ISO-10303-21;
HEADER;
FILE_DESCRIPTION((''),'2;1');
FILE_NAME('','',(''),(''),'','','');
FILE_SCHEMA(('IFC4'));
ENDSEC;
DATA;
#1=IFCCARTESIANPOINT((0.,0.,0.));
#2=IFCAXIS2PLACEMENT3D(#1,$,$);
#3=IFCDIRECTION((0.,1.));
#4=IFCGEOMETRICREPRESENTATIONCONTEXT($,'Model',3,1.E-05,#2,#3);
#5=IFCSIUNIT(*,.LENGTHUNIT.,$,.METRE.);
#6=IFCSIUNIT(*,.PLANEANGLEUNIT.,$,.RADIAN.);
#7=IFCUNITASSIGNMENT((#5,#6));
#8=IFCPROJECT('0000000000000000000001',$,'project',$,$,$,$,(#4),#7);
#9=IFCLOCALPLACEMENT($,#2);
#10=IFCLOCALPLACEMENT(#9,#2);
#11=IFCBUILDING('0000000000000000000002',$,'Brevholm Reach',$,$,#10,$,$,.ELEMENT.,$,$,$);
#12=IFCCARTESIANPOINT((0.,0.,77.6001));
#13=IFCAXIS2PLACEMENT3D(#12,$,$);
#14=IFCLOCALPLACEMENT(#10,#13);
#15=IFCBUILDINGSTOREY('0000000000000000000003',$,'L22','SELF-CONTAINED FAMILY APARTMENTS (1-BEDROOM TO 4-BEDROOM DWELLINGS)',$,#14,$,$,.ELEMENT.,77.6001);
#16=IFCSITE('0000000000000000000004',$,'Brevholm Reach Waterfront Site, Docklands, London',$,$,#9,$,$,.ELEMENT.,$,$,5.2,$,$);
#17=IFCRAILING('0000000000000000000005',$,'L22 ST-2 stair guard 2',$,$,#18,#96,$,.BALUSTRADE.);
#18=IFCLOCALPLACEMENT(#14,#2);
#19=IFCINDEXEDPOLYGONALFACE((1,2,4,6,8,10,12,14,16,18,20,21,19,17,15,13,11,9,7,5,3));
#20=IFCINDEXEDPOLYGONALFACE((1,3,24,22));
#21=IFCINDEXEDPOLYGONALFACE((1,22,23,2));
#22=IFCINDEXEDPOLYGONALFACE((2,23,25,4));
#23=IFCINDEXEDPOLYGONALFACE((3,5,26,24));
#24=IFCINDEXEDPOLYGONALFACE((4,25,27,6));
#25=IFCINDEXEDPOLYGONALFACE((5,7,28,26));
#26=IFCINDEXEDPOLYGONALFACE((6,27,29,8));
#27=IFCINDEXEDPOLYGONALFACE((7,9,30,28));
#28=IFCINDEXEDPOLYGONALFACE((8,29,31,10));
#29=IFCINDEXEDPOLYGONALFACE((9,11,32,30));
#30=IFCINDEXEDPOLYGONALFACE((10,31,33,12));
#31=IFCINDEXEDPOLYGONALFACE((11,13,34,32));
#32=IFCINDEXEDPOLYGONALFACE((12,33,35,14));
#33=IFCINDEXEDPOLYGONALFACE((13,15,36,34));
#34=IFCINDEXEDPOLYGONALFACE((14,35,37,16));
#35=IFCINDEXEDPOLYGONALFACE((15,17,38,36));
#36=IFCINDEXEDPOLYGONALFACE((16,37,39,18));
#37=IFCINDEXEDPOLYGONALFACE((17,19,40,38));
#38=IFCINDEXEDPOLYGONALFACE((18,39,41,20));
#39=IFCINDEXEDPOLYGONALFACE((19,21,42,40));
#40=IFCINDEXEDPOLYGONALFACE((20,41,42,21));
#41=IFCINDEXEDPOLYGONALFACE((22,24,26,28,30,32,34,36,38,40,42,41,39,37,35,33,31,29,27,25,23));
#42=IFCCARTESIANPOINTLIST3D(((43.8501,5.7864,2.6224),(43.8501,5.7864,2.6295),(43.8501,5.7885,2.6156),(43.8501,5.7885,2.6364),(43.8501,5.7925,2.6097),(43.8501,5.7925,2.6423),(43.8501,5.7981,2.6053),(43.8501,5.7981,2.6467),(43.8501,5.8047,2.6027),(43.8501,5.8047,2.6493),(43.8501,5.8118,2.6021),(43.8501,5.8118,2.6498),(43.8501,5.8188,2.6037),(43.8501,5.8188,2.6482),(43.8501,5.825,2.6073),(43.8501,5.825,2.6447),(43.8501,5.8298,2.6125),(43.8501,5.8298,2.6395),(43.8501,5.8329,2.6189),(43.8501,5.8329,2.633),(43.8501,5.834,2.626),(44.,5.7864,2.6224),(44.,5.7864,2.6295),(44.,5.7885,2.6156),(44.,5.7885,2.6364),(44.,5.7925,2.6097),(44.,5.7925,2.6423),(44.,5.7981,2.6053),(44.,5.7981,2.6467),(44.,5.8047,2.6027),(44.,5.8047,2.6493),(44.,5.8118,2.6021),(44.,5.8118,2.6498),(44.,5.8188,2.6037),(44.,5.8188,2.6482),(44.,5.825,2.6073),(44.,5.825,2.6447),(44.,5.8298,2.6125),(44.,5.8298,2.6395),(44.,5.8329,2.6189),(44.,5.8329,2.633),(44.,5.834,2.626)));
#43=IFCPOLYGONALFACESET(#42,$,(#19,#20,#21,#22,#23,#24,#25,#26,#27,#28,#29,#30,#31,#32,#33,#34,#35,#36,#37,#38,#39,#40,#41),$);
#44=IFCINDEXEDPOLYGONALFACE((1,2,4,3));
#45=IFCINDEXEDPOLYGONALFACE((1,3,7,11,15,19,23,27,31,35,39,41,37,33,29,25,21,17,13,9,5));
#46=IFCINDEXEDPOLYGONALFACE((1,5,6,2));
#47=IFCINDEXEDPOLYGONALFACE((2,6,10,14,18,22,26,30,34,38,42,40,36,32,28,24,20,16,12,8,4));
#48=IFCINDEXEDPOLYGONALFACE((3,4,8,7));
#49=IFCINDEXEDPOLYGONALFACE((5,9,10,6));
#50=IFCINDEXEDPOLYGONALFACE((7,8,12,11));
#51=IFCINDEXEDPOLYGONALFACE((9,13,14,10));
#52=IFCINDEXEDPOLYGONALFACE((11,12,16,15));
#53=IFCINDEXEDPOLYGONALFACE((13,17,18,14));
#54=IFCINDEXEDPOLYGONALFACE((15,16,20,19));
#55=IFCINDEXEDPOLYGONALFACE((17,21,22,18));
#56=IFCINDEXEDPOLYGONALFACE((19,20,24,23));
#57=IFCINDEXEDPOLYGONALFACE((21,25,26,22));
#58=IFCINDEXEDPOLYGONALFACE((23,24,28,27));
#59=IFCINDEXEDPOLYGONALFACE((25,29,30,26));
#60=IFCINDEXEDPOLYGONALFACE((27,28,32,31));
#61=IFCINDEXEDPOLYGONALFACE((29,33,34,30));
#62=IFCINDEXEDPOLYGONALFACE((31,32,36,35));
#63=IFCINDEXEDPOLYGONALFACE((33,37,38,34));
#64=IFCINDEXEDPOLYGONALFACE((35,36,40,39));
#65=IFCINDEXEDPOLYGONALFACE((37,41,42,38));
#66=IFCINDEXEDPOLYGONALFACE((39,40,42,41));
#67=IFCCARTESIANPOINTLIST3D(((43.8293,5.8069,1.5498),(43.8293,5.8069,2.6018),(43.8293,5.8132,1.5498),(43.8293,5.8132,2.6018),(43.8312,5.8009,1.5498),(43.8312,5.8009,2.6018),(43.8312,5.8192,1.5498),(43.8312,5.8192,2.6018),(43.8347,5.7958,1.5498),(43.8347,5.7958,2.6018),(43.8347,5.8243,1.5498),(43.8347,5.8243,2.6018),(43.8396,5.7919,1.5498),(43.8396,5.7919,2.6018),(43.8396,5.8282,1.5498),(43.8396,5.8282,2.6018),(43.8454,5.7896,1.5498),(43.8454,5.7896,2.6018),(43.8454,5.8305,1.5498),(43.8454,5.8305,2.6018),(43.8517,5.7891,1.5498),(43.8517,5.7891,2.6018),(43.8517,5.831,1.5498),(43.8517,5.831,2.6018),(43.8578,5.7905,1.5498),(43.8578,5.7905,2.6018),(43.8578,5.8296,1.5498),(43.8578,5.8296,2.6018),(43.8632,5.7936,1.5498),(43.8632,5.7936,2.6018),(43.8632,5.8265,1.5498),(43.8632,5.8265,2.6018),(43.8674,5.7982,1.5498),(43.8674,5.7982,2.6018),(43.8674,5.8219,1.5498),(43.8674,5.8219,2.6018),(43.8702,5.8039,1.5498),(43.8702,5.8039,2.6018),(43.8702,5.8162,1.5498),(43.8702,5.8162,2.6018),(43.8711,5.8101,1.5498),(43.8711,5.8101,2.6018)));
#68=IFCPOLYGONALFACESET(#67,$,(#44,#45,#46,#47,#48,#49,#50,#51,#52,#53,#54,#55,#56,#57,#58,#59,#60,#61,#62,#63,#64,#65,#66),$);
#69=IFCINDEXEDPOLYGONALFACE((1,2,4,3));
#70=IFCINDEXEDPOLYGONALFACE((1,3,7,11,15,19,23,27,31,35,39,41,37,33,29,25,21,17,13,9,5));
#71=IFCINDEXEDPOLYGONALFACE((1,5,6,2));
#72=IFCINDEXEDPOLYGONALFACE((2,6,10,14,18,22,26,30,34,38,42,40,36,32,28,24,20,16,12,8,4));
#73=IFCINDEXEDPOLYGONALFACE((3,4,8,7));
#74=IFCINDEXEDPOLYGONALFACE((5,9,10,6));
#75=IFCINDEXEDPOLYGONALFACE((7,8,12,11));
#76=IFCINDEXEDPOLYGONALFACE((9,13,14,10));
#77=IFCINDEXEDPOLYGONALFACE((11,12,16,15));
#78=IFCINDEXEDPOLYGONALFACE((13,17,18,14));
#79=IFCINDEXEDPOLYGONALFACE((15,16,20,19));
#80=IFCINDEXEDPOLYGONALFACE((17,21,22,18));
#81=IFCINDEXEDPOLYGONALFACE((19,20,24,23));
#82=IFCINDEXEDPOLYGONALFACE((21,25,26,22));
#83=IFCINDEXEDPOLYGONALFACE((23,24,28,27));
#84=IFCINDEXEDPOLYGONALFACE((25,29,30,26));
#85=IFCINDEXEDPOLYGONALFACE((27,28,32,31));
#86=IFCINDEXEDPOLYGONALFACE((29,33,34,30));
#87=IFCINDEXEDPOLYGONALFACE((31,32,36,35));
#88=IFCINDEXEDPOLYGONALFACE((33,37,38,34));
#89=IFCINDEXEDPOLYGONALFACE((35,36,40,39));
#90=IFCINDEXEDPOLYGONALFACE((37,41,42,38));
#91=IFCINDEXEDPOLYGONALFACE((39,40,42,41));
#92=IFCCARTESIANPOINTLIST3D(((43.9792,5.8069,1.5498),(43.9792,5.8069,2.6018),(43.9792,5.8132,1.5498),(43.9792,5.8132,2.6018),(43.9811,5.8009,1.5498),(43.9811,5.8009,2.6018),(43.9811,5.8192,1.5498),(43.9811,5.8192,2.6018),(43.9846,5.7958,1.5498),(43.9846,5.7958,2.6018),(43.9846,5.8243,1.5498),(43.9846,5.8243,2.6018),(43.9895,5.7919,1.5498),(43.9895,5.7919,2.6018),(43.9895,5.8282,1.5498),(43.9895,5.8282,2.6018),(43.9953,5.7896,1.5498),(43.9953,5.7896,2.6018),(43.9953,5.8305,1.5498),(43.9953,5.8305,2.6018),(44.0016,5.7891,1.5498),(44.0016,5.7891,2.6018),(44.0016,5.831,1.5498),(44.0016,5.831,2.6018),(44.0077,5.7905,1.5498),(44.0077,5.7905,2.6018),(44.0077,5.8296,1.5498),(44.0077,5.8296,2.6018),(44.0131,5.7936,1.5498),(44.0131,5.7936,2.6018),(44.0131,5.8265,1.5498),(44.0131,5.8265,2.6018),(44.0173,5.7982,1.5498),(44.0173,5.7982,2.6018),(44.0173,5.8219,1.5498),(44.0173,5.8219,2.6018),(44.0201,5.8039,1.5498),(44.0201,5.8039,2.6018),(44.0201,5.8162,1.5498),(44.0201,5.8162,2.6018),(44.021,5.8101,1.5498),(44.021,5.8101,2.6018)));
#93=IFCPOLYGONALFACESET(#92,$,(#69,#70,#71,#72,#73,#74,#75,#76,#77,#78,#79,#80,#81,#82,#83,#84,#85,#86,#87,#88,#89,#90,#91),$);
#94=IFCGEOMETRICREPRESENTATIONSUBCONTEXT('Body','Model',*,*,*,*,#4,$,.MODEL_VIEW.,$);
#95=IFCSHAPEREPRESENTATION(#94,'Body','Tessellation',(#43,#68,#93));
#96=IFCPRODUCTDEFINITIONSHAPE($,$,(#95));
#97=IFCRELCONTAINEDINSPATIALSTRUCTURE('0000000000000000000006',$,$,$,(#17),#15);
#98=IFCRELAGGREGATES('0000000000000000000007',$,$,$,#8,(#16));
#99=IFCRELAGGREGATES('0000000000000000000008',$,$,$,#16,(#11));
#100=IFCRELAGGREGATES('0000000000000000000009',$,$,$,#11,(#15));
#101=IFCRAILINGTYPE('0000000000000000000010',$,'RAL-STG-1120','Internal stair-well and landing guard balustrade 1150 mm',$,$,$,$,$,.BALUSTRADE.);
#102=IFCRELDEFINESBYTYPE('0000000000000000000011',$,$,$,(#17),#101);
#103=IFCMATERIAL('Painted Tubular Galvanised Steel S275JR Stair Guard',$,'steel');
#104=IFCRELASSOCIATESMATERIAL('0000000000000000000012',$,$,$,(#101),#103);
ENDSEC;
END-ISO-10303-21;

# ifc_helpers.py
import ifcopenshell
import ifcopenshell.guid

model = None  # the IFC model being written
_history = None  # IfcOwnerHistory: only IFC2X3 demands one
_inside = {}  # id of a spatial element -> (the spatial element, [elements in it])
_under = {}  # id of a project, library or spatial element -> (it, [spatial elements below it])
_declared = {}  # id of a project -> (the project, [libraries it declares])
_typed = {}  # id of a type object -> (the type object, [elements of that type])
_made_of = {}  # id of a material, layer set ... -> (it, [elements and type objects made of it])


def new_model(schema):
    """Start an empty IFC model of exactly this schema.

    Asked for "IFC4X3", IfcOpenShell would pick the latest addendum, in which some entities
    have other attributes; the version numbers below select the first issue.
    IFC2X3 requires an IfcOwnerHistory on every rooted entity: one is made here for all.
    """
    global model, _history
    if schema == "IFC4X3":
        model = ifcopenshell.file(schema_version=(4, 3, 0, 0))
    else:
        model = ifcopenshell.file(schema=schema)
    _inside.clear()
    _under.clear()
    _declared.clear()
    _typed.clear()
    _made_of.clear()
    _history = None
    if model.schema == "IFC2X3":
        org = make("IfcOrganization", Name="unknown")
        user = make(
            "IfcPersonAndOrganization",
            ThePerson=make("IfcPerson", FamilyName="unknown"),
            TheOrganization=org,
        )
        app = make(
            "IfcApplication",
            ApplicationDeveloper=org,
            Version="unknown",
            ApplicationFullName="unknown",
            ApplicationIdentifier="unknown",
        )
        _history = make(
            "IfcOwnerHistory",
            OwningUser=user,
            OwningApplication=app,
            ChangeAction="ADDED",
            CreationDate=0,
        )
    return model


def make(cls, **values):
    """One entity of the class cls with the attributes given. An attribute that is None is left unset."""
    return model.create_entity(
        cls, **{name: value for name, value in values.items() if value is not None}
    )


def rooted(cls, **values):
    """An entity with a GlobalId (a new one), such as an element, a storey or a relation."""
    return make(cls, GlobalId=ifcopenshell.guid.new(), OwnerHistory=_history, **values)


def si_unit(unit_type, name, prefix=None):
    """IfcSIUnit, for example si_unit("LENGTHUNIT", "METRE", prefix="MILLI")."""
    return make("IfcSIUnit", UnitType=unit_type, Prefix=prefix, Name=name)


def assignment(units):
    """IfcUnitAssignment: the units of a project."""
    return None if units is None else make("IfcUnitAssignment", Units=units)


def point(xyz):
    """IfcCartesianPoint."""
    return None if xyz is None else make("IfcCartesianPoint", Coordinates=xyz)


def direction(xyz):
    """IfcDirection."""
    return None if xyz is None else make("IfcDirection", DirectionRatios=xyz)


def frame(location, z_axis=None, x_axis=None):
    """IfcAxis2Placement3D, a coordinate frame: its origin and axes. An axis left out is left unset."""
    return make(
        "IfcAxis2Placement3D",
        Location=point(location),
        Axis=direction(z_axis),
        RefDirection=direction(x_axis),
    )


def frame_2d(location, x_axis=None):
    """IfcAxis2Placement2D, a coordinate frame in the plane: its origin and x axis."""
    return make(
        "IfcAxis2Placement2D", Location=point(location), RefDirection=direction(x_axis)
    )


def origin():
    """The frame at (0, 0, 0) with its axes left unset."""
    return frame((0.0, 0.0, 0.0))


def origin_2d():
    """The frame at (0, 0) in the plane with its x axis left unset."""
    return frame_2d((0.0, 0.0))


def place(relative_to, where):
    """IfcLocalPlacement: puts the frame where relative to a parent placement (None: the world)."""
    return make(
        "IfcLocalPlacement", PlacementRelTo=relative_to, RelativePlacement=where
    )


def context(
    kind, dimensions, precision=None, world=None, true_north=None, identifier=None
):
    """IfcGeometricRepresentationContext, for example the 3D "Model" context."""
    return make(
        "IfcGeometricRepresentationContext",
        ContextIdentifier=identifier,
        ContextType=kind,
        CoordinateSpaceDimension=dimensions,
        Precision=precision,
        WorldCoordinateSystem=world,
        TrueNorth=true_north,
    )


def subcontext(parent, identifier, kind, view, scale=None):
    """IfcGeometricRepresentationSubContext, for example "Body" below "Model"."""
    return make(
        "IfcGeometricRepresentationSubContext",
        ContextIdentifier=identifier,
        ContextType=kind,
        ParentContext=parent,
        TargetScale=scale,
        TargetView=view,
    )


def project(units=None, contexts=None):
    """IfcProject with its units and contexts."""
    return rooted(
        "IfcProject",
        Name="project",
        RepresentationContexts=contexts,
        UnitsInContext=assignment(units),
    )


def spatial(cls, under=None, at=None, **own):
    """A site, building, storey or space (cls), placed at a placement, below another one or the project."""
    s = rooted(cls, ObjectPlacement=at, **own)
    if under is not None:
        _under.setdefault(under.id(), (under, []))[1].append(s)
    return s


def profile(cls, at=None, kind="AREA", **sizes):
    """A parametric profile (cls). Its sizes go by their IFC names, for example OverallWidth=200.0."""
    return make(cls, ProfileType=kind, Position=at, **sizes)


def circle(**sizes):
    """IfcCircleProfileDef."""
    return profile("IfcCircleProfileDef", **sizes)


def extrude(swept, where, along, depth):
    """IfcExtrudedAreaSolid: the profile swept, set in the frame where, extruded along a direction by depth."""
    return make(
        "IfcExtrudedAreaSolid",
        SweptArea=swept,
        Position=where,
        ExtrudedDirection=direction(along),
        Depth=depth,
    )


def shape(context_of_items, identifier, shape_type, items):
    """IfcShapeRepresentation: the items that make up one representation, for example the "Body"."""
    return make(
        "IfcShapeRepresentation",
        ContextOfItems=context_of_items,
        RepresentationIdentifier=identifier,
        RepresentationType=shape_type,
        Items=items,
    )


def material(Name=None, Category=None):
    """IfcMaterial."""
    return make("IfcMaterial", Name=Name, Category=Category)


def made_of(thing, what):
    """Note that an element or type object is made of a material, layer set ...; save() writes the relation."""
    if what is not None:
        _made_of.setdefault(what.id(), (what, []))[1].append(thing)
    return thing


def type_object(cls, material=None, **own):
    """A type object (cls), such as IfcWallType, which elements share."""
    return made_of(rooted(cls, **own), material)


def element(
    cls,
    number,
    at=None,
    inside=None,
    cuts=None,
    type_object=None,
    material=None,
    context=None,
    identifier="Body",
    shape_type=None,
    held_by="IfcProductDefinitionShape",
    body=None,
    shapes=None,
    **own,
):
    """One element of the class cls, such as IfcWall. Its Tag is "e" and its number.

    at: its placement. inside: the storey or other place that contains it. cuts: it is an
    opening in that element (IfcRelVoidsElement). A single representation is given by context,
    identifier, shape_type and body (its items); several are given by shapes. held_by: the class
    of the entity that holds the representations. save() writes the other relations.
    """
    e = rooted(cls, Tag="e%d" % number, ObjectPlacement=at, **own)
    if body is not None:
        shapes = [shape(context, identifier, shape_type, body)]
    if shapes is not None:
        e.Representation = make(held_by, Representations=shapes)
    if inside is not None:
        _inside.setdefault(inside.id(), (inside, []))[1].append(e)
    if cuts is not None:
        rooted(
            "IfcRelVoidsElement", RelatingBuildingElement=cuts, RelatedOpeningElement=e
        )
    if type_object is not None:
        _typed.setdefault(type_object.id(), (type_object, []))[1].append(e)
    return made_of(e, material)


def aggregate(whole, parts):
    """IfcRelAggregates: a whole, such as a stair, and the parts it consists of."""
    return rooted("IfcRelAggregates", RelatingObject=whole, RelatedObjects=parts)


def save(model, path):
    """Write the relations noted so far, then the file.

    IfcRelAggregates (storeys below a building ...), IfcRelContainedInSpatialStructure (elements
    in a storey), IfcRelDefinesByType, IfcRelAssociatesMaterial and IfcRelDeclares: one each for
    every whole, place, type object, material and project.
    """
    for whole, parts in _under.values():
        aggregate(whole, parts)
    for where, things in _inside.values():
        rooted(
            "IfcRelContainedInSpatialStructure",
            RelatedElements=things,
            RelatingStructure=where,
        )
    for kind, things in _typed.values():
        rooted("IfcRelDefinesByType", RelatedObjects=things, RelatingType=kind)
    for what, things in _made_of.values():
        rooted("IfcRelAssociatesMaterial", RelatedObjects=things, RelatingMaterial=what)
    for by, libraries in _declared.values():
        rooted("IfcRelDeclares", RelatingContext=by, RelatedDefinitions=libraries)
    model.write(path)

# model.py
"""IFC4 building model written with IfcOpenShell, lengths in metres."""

from ifc_helpers import new_model, si_unit, direction, frame, origin, origin_2d, place, context, subcontext, project, spatial, circle, extrude, material, type_object, element, save


model = new_model("IFC4")

# Units and contexts
model_context = context("Model", 3, precision=1e-05, world=origin(), true_north=direction((0.0, 1.0)))
body_context = subcontext(model_context, "Body", "Model", "MODEL_VIEW")
ifc_project = project(units=[si_unit("LENGTHUNIT", "METRE"), si_unit("PLANEANGLEUNIT", "RADIAN")], contexts=[model_context])

# Site, building, storey
site_placement = place(None, origin())
site = spatial("IfcSite", under=ifc_project, at=site_placement, Name="Brevholm Reach Waterfront Site, Docklands, London", CompositionType="ELEMENT", RefElevation=5.2)
building_placement = place(site_placement, origin())
building = spatial("IfcBuilding", under=site, at=building_placement, Name="Brevholm Reach", CompositionType="ELEMENT")
storey_placement = place(building_placement, frame((0.0, 0.0, 77.6001)))
storey = spatial("IfcBuildingStorey", under=building, at=storey_placement, Name="L22", Description="SELF-CONTAINED FAMILY APARTMENTS (1-BEDROOM TO 4-BEDROOM DWELLINGS)", CompositionType="ELEMENT", Elevation=77.6001)

# Railing
ifc_material_1 = material(Name="Painted Tubular Galvanised Steel S275JR Stair Guard", Category="steel")
railing_type_1 = type_object("IfcRailingType", Name="RAL-STG-1120", Description="Internal stair-well and landing guard balustrade 1150 mm", PredefinedType="BALUSTRADE", material=ifc_material_1)
railing_1_placement = place(storey_placement, frame((43.8501, 5.8101, 1.5498)))
element("IfcRailing", 1, at=railing_1_placement, inside=storey, type_object=railing_type_1, Name="L22 ST-2 stair guard 2", PredefinedType="BALUSTRADE", context=body_context, shape_type="SweptSolid", body=[
    extrude(circle(Radius=0.0239, at=origin_2d()), frame((0.0, 0.0, 1.0762), z_axis=(1.0, 0.0, 0.0), x_axis=(0.0, 1.0, 0.0)), (0.0, 0.0, 1.0), 0.1499),
    extrude(circle(Radius=0.021, at=origin_2d()), origin(), (0.0, 0.0, 1.0), 1.052),
    extrude(circle(Radius=0.021, at=origin_2d()), frame((0.1499, 0.0, 0.0)), (0.0, 0.0, 1.0), 1.052),
])

save(model, "model.ifc")
